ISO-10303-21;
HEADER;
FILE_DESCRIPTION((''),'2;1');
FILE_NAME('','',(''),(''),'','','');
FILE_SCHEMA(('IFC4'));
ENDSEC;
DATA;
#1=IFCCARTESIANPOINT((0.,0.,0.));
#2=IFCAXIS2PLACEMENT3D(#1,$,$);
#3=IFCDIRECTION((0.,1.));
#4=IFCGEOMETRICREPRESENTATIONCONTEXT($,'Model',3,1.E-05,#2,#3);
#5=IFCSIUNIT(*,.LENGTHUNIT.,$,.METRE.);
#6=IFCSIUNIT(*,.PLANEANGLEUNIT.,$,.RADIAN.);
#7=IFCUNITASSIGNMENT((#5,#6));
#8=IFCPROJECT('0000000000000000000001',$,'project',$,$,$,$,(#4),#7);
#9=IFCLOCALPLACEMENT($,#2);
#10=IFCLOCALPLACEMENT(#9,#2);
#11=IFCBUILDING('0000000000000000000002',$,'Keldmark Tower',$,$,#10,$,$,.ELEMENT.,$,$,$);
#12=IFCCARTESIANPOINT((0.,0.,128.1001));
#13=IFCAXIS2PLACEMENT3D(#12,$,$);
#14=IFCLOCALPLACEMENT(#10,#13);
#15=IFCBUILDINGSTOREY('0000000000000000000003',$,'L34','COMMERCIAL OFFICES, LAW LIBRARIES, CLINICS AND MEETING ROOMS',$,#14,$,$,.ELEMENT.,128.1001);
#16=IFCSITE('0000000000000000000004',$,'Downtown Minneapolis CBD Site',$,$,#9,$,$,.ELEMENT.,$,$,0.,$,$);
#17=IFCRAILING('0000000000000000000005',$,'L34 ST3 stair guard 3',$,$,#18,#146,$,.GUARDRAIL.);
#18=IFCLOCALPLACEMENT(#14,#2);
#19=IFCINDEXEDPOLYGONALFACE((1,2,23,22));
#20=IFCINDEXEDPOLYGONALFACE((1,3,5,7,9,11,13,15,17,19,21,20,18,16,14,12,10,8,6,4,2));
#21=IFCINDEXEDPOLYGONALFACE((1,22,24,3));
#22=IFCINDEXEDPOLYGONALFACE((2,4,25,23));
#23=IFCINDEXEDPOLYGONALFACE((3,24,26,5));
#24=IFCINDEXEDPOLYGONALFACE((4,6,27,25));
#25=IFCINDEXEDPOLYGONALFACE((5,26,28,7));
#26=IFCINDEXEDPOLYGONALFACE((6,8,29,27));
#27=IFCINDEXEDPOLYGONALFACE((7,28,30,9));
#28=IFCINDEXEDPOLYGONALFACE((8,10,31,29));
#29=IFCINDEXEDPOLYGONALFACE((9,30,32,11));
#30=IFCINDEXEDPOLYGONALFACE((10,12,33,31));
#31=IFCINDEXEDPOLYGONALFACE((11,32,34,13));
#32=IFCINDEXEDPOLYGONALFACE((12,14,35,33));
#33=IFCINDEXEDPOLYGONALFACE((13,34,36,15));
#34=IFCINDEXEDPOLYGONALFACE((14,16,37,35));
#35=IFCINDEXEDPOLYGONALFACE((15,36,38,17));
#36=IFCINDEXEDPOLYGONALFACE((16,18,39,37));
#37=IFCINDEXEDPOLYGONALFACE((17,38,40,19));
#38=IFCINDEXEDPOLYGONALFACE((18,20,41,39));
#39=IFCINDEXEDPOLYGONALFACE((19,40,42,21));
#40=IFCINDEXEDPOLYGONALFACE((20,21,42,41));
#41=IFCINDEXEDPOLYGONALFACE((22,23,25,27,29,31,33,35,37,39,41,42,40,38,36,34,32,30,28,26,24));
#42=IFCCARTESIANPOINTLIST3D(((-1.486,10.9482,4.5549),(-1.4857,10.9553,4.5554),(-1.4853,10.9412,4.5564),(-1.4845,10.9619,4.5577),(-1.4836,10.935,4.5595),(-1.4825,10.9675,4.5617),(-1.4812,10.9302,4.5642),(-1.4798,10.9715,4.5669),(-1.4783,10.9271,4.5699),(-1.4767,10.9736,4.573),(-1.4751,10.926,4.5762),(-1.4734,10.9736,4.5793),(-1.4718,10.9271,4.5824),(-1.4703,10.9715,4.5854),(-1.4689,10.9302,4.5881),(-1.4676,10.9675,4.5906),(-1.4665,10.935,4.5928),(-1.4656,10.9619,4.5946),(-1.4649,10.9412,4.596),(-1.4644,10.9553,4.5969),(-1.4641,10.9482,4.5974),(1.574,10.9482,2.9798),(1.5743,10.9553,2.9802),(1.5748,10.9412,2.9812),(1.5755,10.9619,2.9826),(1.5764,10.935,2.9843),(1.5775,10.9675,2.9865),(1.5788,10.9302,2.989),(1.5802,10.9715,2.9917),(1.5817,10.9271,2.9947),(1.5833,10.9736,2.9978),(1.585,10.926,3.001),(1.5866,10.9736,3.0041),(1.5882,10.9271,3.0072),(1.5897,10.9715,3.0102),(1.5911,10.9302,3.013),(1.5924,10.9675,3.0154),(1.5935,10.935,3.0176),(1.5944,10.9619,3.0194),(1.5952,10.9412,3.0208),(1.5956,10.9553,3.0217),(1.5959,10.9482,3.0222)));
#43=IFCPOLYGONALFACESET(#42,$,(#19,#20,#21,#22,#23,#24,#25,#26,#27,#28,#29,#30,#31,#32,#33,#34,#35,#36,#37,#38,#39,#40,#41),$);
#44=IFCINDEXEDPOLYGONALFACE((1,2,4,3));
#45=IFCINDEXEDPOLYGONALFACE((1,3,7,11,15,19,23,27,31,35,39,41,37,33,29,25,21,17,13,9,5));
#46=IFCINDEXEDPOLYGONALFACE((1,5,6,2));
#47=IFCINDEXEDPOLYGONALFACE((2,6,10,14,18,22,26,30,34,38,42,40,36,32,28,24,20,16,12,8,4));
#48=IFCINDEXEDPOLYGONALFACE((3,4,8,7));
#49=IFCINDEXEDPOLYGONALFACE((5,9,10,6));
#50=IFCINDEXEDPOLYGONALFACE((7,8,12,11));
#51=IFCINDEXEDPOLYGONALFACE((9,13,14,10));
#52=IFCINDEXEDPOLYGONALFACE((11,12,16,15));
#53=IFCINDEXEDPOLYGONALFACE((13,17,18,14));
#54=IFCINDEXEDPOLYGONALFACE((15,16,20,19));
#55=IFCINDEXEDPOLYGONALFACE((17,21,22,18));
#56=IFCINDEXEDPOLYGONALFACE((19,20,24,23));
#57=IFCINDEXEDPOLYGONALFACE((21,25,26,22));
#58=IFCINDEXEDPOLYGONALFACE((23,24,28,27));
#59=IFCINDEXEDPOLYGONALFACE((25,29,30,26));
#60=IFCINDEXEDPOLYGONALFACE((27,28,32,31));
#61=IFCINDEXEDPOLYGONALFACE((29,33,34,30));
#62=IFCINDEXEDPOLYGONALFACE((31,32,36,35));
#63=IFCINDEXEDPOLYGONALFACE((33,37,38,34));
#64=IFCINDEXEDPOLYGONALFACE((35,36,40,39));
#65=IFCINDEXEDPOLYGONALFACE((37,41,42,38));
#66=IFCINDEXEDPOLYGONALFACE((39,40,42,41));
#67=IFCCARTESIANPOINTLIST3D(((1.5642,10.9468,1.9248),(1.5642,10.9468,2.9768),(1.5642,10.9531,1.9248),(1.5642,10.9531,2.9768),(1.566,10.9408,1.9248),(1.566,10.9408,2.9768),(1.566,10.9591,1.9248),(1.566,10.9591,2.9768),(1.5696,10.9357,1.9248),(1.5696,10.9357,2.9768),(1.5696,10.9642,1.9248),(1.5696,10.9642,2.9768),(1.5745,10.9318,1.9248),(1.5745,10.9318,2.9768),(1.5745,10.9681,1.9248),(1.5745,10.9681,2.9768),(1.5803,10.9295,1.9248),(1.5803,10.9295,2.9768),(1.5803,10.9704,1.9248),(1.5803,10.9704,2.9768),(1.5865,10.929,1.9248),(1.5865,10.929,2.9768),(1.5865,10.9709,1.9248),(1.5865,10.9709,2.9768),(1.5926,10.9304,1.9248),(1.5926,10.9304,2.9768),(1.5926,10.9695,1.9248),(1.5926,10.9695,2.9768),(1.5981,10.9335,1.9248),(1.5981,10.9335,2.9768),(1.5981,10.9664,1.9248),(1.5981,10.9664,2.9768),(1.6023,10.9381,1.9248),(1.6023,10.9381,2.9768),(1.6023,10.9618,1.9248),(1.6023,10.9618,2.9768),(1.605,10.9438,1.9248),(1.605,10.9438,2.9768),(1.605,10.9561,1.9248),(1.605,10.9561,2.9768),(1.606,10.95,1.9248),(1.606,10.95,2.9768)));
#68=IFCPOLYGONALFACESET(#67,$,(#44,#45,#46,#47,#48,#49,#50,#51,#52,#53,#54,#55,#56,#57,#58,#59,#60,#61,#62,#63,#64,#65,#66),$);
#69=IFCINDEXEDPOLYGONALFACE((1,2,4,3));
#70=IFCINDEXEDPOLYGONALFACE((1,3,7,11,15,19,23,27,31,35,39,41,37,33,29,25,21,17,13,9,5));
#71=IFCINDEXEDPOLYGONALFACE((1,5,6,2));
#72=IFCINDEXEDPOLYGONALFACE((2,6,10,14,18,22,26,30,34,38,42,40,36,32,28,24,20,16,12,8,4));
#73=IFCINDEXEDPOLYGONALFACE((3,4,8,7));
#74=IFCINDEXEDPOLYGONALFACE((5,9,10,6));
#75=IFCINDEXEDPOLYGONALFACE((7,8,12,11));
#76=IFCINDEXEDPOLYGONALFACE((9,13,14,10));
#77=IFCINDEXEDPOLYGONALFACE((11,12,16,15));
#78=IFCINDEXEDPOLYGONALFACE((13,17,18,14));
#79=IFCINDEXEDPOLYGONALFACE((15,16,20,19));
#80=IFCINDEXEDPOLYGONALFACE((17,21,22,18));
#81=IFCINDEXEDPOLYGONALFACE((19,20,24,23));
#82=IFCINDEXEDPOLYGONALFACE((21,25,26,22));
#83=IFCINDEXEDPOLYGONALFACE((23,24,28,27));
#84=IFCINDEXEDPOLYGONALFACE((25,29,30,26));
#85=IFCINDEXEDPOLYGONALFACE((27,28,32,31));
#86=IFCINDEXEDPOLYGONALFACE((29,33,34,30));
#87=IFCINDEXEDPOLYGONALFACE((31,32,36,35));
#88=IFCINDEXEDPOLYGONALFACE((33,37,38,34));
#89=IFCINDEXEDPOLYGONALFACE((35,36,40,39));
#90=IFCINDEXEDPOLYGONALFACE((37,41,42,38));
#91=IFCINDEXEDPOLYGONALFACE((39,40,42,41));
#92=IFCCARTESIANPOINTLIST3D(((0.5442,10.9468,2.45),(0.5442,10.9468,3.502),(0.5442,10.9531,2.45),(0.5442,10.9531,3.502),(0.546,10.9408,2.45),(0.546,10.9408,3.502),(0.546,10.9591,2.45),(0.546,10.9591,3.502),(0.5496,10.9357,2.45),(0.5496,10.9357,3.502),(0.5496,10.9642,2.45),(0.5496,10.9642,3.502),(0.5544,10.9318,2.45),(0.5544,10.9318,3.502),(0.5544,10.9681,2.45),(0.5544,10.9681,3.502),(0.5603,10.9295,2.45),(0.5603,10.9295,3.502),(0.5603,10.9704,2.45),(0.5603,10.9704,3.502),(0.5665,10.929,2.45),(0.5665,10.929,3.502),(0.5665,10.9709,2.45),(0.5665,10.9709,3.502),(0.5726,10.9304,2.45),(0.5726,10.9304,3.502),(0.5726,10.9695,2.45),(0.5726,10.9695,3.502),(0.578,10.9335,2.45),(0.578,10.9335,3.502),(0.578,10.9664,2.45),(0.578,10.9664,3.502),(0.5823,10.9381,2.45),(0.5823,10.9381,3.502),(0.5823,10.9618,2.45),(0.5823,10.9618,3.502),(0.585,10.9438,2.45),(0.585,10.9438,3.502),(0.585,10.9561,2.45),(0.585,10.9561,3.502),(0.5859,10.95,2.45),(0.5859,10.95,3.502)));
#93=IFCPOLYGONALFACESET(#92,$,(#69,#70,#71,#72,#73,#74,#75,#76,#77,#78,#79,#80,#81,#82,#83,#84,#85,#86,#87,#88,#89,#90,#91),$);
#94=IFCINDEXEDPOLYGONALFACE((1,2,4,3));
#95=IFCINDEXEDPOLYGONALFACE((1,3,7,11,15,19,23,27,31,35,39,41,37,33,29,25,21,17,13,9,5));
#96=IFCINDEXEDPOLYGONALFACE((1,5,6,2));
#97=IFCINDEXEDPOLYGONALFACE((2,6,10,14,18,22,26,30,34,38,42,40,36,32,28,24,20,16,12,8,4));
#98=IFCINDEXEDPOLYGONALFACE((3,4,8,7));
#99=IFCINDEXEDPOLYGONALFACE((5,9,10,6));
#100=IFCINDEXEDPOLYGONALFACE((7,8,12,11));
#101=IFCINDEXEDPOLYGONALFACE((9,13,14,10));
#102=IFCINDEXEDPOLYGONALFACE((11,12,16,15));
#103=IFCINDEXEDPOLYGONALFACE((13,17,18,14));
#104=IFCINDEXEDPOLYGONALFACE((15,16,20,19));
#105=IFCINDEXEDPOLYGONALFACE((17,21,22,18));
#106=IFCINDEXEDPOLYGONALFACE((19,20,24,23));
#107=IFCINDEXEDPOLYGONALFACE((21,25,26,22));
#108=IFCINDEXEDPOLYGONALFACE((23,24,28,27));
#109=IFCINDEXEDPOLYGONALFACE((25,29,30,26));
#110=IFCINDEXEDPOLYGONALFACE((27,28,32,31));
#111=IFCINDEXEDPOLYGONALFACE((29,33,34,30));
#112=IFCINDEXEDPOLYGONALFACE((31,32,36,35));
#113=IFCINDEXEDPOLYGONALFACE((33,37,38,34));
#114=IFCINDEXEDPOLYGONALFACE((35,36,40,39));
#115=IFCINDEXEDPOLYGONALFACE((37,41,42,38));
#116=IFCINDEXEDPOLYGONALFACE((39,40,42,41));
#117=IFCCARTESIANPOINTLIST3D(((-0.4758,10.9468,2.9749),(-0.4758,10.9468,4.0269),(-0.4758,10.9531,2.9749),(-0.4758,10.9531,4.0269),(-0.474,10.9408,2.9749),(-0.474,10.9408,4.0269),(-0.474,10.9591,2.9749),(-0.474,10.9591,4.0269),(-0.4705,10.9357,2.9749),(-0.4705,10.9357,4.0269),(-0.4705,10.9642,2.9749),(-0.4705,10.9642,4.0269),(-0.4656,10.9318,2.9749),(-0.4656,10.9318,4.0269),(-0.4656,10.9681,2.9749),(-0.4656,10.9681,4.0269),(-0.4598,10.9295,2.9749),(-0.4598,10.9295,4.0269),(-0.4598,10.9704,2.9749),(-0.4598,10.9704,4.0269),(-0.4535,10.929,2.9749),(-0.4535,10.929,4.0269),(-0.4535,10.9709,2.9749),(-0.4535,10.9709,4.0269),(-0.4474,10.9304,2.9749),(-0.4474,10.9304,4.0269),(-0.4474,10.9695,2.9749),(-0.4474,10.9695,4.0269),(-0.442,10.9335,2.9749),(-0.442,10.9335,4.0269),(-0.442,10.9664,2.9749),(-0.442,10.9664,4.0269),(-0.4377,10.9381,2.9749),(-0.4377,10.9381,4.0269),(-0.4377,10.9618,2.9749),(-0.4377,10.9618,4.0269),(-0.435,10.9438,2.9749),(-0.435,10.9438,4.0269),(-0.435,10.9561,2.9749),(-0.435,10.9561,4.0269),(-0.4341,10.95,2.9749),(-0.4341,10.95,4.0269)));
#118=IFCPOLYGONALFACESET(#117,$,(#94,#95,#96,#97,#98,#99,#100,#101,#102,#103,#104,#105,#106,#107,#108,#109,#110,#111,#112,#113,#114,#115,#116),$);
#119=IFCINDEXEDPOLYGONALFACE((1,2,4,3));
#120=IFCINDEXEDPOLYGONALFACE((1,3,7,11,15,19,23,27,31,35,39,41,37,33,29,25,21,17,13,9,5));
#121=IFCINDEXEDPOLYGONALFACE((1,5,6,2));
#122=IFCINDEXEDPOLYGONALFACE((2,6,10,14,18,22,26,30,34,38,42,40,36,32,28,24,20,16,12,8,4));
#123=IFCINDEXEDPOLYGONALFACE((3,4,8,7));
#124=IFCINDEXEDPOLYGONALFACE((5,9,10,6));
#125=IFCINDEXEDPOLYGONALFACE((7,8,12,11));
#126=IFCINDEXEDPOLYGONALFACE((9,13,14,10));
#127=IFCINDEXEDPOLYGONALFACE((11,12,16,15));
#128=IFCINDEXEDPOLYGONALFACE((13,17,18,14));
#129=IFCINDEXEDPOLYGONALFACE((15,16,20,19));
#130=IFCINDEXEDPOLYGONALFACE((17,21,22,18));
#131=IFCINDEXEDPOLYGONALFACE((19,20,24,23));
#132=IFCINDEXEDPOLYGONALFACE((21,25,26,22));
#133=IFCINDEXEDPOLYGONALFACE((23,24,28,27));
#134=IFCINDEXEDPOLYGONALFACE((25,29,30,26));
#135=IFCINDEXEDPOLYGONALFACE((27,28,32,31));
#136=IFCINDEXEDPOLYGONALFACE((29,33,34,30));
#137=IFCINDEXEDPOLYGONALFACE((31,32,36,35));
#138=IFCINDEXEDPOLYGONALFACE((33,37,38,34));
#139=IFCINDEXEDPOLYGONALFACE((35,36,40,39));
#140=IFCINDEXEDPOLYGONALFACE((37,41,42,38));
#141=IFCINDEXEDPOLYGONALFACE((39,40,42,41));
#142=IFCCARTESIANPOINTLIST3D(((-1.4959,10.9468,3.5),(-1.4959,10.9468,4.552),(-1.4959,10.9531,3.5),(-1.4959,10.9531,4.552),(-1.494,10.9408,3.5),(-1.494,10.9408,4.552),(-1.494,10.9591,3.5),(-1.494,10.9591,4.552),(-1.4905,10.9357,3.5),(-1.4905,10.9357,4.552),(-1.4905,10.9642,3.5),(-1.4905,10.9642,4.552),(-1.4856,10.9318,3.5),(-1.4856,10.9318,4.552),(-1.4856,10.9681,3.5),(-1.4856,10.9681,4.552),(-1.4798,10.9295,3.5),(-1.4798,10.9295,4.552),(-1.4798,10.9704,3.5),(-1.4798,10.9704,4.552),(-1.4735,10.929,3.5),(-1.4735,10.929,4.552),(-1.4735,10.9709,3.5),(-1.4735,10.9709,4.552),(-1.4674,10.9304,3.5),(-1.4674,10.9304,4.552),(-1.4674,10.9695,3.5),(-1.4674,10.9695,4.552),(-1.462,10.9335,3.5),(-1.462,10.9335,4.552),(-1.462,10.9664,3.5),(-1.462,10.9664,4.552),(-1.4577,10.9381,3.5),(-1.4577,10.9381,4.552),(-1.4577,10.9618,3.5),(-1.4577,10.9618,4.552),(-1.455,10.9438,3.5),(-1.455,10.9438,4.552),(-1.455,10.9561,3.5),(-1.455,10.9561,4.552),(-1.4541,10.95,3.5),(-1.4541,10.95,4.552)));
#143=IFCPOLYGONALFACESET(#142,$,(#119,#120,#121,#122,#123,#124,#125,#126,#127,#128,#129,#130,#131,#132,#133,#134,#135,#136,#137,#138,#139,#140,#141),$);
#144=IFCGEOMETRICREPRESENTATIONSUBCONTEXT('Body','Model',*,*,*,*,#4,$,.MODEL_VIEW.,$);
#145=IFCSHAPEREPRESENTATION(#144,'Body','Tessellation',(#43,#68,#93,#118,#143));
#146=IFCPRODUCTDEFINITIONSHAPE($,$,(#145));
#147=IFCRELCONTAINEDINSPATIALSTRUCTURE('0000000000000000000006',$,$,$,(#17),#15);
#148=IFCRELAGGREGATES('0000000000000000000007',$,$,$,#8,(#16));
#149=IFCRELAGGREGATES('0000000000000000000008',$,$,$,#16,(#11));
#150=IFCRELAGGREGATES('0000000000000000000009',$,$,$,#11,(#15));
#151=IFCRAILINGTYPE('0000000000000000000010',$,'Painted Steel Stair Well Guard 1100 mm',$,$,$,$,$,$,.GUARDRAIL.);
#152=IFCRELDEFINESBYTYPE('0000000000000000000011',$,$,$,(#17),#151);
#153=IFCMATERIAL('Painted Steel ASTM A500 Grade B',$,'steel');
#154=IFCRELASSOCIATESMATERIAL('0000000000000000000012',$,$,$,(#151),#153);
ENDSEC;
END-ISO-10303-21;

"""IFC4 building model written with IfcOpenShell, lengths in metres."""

from ifc_helpers import new_model, si_unit, direction, frame, origin, origin_2d, place, context, subcontext, project, spatial, circle, extrude, material, type_object, element, save


model = new_model("IFC4")

# Units and contexts
model_context = context("Model", 3, precision=1e-05, world=origin(), true_north=direction((0.0, 1.0)))
body_context = subcontext(model_context, "Body", "Model", "MODEL_VIEW")
ifc_project = project(units=[si_unit("LENGTHUNIT", "METRE"), si_unit("PLANEANGLEUNIT", "RADIAN")], contexts=[model_context])

# Site, building, storey
site_placement = place(None, origin())
site = spatial("IfcSite", under=ifc_project, at=site_placement, Name="Downtown Minneapolis CBD Site", CompositionType="ELEMENT", RefElevation=0.0)
building_placement = place(site_placement, origin())
building = spatial("IfcBuilding", under=site, at=building_placement, Name="Keldmark Tower", CompositionType="ELEMENT")
storey_placement = place(building_placement, frame((0.0, 0.0, 128.1001)))
storey = spatial("IfcBuildingStorey", under=building, at=storey_placement, Name="L34", Description="COMMERCIAL OFFICES, LAW LIBRARIES, CLINICS AND MEETING ROOMS", CompositionType="ELEMENT", Elevation=128.1001)

# Railing
ifc_material_1 = material(Name="Painted Steel ASTM A500 Grade B", Category="steel")
railing_type_1 = type_object("IfcRailingType", Name="Painted Steel Stair Well Guard 1100 mm", PredefinedType="GUARDRAIL", material=ifc_material_1)
railing_1_placement = place(storey_placement, frame((1.585, 10.95, 1.9248)))
element("IfcRailing", 1, at=railing_1_placement, inside=storey, type_object=railing_type_1, Name="L34 ST3 stair guard 3", PredefinedType="GUARDRAIL", context=body_context, shape_type="SweptSolid", body=[
    extrude(circle(Radius=0.0239, at=origin_2d()), frame((0.0, 0.0, 1.0762), z_axis=(-0.889116, 0.0, 0.457681), x_axis=(0.0, -1.0, 0.0)), (0.0, 0.0, 1.0), 3.4417),
    extrude(circle(Radius=0.021, at=origin_2d()), origin(), (0.0, 0.0, 1.0), 1.052),
    extrude(circle(Radius=0.021, at=origin_2d()), frame((-1.02, 0.0, 0.5251)), (0.0, 0.0, 1.0), 1.052),
    extrude(circle(Radius=0.021, at=origin_2d()), frame((-2.04, 0.0, 1.05)), (0.0, 0.0, 1.0), 1.052),
    extrude(circle(Radius=0.021, at=origin_2d()), frame((-3.0601, 0.0, 1.5752)), (0.0, 0.0, 1.0), 1.052),
])

save(model, "model.ifc")
